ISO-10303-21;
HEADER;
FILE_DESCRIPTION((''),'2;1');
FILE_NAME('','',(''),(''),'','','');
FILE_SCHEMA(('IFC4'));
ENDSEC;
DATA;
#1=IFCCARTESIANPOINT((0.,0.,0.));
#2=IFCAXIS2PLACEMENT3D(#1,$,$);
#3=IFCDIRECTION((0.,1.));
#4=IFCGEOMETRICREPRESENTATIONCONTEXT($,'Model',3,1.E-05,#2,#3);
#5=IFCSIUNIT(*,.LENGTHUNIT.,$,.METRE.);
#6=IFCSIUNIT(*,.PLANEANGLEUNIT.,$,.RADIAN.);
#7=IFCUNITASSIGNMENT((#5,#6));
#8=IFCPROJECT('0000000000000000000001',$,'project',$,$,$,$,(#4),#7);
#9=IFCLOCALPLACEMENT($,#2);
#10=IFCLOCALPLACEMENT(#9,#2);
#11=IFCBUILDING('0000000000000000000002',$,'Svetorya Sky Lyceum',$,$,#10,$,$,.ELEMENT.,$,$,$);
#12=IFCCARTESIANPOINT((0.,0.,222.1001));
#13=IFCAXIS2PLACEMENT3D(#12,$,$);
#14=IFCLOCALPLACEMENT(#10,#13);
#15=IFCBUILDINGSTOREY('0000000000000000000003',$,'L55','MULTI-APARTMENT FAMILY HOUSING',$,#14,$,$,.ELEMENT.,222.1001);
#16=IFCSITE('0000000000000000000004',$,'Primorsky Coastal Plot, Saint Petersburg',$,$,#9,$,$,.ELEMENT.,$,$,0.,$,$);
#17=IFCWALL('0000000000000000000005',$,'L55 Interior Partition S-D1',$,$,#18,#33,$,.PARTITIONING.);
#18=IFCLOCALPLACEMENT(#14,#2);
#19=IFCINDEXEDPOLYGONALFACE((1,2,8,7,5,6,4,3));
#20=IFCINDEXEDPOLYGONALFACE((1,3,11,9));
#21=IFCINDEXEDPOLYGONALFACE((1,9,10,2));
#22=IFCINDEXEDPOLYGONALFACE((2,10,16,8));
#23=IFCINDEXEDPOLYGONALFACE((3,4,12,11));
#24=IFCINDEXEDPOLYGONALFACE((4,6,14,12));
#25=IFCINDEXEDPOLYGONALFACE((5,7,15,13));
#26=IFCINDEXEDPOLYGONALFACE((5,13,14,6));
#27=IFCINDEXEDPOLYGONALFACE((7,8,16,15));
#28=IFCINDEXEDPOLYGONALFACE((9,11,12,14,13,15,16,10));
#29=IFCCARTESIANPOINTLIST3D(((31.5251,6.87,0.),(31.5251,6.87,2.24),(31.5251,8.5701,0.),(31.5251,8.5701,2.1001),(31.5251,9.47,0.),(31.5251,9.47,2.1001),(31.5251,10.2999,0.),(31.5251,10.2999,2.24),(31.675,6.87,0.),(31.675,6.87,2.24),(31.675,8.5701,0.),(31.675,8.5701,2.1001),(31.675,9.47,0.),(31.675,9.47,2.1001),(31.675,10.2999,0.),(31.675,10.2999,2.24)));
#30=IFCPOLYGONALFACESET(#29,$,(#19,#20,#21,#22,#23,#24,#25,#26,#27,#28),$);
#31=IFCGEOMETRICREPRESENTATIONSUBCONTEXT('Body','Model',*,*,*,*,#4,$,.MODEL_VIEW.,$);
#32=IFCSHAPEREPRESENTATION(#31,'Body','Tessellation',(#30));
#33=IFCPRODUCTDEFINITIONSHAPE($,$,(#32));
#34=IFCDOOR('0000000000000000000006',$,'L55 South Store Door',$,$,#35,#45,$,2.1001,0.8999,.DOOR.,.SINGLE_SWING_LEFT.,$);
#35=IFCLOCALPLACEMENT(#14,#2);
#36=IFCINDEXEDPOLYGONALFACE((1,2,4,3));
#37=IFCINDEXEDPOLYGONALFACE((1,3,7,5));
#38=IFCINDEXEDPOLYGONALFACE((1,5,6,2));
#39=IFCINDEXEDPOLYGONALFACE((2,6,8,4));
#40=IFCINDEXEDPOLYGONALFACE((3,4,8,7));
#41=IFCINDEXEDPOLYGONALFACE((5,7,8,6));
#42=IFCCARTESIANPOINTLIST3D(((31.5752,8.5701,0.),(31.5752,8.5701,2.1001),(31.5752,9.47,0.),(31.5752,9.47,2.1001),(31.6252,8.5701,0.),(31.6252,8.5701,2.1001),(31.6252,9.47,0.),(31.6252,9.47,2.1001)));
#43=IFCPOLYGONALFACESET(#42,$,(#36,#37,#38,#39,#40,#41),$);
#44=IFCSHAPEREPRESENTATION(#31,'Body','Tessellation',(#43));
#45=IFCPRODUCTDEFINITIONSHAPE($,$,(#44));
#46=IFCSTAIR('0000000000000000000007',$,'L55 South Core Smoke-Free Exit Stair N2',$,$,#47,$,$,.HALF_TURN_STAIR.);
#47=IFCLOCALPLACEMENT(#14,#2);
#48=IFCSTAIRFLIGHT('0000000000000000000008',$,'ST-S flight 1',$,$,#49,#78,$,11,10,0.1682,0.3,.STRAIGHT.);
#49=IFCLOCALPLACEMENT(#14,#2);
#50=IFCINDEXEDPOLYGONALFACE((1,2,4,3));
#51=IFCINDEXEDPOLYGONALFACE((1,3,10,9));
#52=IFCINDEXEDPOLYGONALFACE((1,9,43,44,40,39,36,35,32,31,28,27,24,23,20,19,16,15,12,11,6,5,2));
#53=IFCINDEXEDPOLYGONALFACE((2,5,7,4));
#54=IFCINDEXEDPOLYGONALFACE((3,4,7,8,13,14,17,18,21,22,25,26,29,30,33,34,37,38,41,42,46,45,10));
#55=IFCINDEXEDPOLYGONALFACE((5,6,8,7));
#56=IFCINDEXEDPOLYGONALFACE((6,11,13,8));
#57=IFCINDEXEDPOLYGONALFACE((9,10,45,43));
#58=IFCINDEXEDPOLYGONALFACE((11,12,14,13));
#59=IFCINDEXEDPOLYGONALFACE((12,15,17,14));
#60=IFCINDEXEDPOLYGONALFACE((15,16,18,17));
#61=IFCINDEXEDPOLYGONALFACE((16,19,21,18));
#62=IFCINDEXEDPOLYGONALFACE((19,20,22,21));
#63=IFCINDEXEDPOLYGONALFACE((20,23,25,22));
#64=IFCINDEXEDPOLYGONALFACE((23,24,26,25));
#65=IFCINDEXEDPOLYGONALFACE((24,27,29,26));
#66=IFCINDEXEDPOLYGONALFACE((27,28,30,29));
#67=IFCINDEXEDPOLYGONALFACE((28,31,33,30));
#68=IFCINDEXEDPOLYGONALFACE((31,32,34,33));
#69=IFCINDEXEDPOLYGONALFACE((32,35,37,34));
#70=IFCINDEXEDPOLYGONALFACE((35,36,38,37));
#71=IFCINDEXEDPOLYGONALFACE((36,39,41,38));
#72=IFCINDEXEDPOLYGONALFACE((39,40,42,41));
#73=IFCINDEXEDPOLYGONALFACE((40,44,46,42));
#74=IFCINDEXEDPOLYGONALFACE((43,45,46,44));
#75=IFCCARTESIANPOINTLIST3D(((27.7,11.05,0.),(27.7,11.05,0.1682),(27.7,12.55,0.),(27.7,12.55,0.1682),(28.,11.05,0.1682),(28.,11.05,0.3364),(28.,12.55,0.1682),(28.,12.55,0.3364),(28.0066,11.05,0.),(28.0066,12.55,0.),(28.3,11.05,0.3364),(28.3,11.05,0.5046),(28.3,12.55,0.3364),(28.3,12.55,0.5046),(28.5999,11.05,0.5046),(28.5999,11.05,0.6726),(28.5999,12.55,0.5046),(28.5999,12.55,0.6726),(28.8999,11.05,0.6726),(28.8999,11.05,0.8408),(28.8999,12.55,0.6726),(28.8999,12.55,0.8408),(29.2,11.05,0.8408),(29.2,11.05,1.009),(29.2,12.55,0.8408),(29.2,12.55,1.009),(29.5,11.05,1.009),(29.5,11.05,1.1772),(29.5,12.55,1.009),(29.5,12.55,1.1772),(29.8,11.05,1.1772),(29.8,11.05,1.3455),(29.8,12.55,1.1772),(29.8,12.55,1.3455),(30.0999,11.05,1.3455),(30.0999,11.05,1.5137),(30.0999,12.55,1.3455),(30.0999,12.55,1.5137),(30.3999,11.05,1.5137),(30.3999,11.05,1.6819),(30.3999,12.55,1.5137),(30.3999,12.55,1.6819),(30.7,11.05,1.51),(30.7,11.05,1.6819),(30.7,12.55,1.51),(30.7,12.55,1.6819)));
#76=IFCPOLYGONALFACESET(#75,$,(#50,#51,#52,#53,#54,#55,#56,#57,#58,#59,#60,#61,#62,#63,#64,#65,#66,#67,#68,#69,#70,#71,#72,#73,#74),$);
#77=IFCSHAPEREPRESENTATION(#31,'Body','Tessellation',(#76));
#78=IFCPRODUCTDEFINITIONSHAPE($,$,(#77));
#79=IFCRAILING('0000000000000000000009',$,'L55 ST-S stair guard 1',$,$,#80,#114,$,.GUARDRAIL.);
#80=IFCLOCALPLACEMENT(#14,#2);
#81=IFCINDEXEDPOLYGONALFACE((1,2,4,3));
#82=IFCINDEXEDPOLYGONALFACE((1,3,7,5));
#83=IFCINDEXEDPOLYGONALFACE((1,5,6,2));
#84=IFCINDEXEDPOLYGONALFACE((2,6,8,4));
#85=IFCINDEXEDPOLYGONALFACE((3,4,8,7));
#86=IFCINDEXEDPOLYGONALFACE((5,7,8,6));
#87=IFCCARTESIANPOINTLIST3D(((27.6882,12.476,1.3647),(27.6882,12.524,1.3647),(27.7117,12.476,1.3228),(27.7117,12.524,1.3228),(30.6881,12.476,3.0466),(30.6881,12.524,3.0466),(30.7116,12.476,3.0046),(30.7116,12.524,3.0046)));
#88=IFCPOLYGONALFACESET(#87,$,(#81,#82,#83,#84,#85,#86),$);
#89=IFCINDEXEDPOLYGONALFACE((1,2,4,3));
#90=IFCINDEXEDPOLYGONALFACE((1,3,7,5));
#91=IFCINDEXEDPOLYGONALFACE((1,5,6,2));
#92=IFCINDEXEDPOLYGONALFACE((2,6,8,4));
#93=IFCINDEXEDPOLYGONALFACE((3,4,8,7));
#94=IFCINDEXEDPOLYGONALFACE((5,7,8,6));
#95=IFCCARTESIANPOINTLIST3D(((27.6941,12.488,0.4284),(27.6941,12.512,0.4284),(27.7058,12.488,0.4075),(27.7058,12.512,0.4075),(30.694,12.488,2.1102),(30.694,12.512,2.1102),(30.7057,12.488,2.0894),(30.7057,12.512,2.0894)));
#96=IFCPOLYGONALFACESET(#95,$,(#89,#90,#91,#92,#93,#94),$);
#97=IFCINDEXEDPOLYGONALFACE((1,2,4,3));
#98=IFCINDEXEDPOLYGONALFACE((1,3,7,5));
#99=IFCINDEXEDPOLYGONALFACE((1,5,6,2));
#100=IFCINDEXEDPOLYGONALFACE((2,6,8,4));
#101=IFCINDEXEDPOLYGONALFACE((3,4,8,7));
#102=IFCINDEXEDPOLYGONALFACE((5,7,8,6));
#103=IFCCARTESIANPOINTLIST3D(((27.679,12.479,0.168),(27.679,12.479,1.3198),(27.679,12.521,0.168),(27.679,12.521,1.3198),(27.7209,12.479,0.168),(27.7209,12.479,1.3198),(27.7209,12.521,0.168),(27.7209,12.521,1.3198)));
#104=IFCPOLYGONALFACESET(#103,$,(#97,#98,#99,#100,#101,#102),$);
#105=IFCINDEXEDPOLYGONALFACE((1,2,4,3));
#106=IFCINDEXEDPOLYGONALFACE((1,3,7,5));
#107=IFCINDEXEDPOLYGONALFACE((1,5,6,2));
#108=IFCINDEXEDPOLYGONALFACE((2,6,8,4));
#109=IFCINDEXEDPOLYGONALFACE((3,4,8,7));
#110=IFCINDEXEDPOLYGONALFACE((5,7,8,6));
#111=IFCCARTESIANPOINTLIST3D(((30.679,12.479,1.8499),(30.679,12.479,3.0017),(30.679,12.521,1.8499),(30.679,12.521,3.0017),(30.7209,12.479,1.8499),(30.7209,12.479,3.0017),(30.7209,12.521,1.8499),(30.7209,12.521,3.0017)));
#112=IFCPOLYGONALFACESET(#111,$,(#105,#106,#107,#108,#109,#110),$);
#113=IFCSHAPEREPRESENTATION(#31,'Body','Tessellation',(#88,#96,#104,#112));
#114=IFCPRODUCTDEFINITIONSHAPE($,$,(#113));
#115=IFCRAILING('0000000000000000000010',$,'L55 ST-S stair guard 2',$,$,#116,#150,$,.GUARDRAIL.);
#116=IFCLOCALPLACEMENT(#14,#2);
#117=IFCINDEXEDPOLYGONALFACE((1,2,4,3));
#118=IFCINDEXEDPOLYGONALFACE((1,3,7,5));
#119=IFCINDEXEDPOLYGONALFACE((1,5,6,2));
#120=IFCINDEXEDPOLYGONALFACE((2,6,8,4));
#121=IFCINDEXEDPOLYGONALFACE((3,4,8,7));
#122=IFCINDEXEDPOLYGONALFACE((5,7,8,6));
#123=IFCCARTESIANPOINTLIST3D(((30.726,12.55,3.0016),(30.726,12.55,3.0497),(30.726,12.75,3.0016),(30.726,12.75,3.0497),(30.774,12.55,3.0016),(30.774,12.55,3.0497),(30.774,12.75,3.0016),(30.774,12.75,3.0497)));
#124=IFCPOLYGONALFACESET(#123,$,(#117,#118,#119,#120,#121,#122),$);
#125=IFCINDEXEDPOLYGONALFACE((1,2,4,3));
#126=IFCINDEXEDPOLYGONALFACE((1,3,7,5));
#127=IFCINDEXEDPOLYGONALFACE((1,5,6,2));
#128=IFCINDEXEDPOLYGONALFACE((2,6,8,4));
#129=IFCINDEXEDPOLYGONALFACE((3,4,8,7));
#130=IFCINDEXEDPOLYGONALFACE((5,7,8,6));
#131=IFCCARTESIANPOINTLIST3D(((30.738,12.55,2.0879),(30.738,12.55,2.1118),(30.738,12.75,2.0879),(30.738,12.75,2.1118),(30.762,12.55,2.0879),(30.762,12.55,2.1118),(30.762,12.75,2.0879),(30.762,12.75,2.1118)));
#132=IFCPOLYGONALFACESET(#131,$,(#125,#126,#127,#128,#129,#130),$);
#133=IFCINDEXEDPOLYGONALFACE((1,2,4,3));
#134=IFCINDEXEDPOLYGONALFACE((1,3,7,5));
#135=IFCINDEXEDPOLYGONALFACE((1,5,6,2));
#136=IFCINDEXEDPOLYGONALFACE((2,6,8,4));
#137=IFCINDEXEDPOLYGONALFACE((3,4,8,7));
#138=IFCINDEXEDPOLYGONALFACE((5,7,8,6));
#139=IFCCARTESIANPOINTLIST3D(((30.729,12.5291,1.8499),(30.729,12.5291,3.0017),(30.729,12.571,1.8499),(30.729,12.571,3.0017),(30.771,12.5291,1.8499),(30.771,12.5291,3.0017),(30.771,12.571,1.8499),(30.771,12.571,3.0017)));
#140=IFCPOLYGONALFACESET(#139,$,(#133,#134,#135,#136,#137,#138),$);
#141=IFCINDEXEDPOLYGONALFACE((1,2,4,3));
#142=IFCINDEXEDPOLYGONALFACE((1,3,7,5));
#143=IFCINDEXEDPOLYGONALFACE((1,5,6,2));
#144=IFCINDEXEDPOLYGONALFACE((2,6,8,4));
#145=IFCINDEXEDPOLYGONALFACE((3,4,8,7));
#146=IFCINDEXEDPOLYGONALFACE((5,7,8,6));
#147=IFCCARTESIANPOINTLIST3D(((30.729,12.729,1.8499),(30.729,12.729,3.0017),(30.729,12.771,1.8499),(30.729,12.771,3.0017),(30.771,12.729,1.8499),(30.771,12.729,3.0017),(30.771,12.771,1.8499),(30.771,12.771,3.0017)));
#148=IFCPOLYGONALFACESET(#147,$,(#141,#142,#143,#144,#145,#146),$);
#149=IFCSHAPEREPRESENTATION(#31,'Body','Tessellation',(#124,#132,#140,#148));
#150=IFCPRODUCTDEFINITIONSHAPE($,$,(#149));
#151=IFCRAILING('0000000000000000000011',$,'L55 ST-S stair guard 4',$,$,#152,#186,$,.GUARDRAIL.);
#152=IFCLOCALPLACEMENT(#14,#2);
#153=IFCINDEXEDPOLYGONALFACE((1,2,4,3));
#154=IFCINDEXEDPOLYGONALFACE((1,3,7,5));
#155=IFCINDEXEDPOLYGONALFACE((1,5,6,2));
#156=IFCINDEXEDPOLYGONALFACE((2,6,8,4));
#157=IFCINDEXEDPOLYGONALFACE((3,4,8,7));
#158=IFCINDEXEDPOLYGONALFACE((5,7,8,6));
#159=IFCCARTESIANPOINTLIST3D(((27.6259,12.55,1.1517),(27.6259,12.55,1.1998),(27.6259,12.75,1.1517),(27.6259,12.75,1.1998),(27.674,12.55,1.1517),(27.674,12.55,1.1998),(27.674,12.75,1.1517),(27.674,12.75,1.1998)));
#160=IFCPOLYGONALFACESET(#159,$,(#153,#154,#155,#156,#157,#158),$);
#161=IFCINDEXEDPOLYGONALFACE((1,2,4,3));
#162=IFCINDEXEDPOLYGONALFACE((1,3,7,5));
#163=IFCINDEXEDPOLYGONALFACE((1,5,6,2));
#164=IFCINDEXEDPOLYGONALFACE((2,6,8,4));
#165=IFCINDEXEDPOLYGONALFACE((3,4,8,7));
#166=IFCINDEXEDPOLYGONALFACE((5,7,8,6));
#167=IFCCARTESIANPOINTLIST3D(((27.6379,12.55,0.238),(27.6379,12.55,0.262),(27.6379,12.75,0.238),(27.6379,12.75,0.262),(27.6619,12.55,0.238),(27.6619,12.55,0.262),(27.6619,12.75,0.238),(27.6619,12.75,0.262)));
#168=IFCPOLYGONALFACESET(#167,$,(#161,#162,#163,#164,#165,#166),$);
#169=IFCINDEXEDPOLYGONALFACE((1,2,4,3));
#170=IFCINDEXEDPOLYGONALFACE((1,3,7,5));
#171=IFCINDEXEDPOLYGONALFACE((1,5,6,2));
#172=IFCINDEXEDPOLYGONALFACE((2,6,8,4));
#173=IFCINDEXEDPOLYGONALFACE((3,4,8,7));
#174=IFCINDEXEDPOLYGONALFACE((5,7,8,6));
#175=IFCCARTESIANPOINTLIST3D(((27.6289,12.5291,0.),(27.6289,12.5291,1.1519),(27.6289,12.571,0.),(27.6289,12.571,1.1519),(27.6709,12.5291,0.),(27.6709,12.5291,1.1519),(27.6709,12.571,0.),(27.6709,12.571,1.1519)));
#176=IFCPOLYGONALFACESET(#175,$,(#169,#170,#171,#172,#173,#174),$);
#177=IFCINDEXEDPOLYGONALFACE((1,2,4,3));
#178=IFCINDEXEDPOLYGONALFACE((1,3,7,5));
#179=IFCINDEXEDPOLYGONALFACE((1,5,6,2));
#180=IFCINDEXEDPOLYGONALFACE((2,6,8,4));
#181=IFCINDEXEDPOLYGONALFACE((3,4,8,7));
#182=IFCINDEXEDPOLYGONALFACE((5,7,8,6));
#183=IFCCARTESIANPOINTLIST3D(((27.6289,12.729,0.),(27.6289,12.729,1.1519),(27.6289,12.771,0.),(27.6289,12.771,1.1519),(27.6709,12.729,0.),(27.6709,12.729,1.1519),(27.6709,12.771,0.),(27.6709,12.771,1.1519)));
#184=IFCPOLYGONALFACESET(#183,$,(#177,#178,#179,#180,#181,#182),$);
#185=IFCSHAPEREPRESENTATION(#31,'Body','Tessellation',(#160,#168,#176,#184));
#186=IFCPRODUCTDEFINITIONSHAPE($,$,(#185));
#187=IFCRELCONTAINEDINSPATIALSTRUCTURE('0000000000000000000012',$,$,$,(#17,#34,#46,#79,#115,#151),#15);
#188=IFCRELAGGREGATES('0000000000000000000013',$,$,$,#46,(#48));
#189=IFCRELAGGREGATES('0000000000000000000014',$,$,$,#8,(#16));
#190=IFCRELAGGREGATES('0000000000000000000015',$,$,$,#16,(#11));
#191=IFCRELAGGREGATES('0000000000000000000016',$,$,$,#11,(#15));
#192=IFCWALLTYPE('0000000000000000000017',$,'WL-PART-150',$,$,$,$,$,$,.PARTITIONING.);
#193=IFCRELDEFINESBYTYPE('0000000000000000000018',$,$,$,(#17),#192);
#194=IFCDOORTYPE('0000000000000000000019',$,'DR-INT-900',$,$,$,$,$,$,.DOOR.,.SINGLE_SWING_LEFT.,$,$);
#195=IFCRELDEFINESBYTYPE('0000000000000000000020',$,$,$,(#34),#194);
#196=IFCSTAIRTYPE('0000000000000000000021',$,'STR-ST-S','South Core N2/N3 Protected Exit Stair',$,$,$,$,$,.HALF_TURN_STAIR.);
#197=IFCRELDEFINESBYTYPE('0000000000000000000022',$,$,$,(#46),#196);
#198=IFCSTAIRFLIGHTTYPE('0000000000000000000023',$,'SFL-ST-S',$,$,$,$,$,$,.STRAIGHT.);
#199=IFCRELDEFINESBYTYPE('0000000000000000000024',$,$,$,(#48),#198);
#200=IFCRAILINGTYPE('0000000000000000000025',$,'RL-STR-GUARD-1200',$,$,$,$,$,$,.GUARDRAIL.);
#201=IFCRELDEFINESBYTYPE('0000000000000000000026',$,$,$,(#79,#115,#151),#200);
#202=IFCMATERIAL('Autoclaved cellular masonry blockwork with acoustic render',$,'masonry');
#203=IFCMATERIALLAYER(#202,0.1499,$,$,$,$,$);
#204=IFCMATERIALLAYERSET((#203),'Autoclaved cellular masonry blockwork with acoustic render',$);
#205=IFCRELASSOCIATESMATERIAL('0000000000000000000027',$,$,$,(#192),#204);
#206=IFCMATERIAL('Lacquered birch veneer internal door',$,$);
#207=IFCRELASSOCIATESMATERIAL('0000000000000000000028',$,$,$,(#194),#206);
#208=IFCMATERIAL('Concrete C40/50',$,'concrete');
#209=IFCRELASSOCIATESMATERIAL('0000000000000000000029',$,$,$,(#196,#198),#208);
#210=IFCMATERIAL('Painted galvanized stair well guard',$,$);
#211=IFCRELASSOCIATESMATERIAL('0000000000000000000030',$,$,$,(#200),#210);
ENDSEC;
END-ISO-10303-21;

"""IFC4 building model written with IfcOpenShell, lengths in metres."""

from ifc_helpers import new_model, si_unit, direction, frame, frame_2d, origin, origin_2d, place, context, subcontext, project, spatial, polyline, rectangle, outline, extrude, material, layer, layer_set, type_object, element, fill, aggregate, save


model = new_model("IFC4")

# Units and contexts
model_context = context("Model", 3, precision=1e-05, world=origin(), true_north=direction((0.0, 1.0)))
body_context = subcontext(model_context, "Body", "Model", "MODEL_VIEW")
ifc_project = project(units=[si_unit("LENGTHUNIT", "METRE"), si_unit("PLANEANGLEUNIT", "RADIAN")], contexts=[model_context])

# Site, building, storey
site_placement = place(None, origin())
site = spatial("IfcSite", under=ifc_project, at=site_placement, Name="Primorsky Coastal Plot, Saint Petersburg", CompositionType="ELEMENT", RefElevation=0.0)
building_placement = place(site_placement, origin())
building = spatial("IfcBuilding", under=site, at=building_placement, Name="Svetorya Sky Lyceum", CompositionType="ELEMENT")
storey_placement = place(building_placement, frame((0.0, 0.0, 222.1001)))
storey = spatial("IfcBuildingStorey", under=building, at=storey_placement, Name="L55", Description="MULTI-APARTMENT FAMILY HOUSING", CompositionType="ELEMENT", Elevation=222.1001)

# Shared definitions
ifc_material_1 = material(Name="Concrete C40/50", Category="concrete")

# Wall, opening, door
ifc_material_2 = material(Name="Autoclaved cellular masonry blockwork with acoustic render", Category="masonry")
ifc_layer_1 = layer(ifc_material_2, 0.1499)
ifc_layer_set_1 = layer_set([ifc_layer_1], Name="Autoclaved cellular masonry blockwork with acoustic render")
wall_type_1 = type_object("IfcWallType", Name="WL-PART-150", PredefinedType="PARTITIONING", material=ifc_layer_set_1)
wall_1_placement = place(storey_placement, frame((31.6001, 6.8701, 0.0), z_axis=(0.0, 0.0, 1.0), x_axis=(0.0, 1.0, 0.0)))
wall_1 = element("IfcWall", 1, at=wall_1_placement, inside=storey, type_object=wall_type_1, Name="L55 Interior Partition S-D1", PredefinedType="PARTITIONING", context=body_context, shape_type="SweptSolid", body=[
    extrude(rectangle(XDim=3.4299, YDim=0.1499, at=frame_2d((1.7148, 0.0))), origin(), (0.0, 0.0, 1.0), 2.24),
])
opening_placement = place(wall_1_placement, frame((1.7, 0.0, 0.0)))
opening = element("IfcOpeningElement", 2, at=opening_placement, cuts=wall_1, PredefinedType="OPENING", context=body_context, shape_type="SweptSolid", body=[
    extrude(rectangle(XDim=0.8999, YDim=2.1001, at=frame_2d((0.45, 1.05))), frame((0.0, 0.085, 0.0), z_axis=(0.0, -1.0, 0.0), x_axis=(1.0, 0.0, 0.0)), (0.0, 0.0, 1.0), 0.1699),
])
ifc_material_3 = material(Name="Lacquered birch veneer internal door")
door_type = type_object("IfcDoorType", Name="DR-INT-900", OperationType="SINGLE_SWING_LEFT", PredefinedType="DOOR", material=ifc_material_3)
door_placement = place(opening_placement, origin())
door = element("IfcDoor", 3, at=door_placement, inside=storey, type_object=door_type, Name="L55 South Store Door", OperationType="SINGLE_SWING_LEFT", OverallHeight=2.1001, OverallWidth=0.8999, PredefinedType="DOOR", context=body_context, shape_type="SweptSolid", body=[
    extrude(rectangle(XDim=0.8999, YDim=2.1001, at=frame_2d((0.45, 1.05))), frame((0.0, 0.0249, 0.0), z_axis=(0.0, -1.0, 0.0), x_axis=(1.0, 0.0, 0.0)), (0.0, 0.0, 1.0), 0.05),
])
fill(opening, door)

# Stair, stair flight
stair_type = type_object("IfcStairType", Name="STR-ST-S", Description="South Core N2/N3 Protected Exit Stair", PredefinedType="HALF_TURN_STAIR", material=ifc_material_1)
stair_placement = place(storey_placement, origin())
stair = element("IfcStair", 4, at=stair_placement, inside=storey, type_object=stair_type, Name="L55 South Core Smoke-Free Exit Stair N2", PredefinedType="HALF_TURN_STAIR")
stair_flight_type = type_object("IfcStairFlightType", Name="SFL-ST-S", PredefinedType="STRAIGHT", material=ifc_material_1)
stair_flight_placement = place(storey_placement, frame((27.7, 11.8, 0.0), z_axis=(0.0, 0.0, 1.0), x_axis=(1.0, 0.0, 0.0)))
stair_flight = element("IfcStairFlight", 5, at=stair_flight_placement, type_object=stair_flight_type, Name="ST-S flight 1", NumberOfRisers=11, NumberOfTreads=10, PredefinedType="STRAIGHT", RiserHeight=0.1682, TreadLength=0.3, context=body_context, shape_type="SweptSolid", body=[
    extrude(outline(polyline([(0.0, 0.0), (0.0, 0.1682), (0.3, 0.1682), (0.3, 0.3364), (0.6001, 0.3364), (0.6001, 0.5046), (0.8999, 0.5046), (0.8999, 0.6726), (1.2, 0.6726), (1.2, 0.8408), (1.5, 0.8408), (1.5, 1.009), (1.8, 1.009), (1.8, 1.1772), (2.1001, 1.1772), (2.1001, 1.3455), (2.3999, 1.3455), (2.3999, 1.5137), (2.7, 1.5137), (2.7, 1.6819), (3.0, 1.6819), (3.0, 1.8501), (3.0, 1.51), (0.3066, 0.0), (0.0, 0.0)])), frame((0.0, 0.75, 0.0), z_axis=(0.0, -1.0, 0.0), x_axis=(1.0, 0.0, 0.0)), (0.0, 0.0, 1.0), 1.5),
])
aggregate(stair, [stair_flight])

# Railings
ifc_material_4 = material(Name="Painted galvanized stair well guard")
railing_type_1 = type_object("IfcRailingType", Name="RL-STR-GUARD-1200", PredefinedType="GUARDRAIL", material=ifc_material_4)
railing_1_placement = place(storey_placement, frame((27.7, 12.5, 0.168)))
element("IfcRailing", 6, at=railing_1_placement, inside=storey, type_object=railing_type_1, Name="L55 ST-S stair guard 1", PredefinedType="GUARDRAIL", context=body_context, shape_type="SweptSolid", body=[
    extrude(rectangle(XDim=0.0481, YDim=0.0481, at=origin_2d()), frame((0.0, 0.0, 1.1758), z_axis=(0.872272, 0.0, 0.48902), x_axis=(0.0, 1.0, 0.0)), (0.0, 0.0, 1.0), 3.4392),
    extrude(rectangle(XDim=0.0239, YDim=0.0239, at=origin_2d()), frame((0.0, 0.0, 0.25), z_axis=(0.872272, 0.0, 0.48902), x_axis=(0.0, 1.0, 0.0)), (0.0, 0.0, 1.0), 3.4392),
    extrude(rectangle(XDim=0.042, YDim=0.042, at=origin_2d()), origin(), (0.0, 0.0, 1.0), 1.1519),
    extrude(rectangle(XDim=0.042, YDim=0.042, at=origin_2d()), frame((3.0, 0.0, 1.6819)), (0.0, 0.0, 1.0), 1.1519),
])
for number, where, name in (
    (7, (30.75, 12.55, 1.8499), "L55 ST-S stair guard 2"),
    (8, (27.6499, 12.55, 0.0), "L55 ST-S stair guard 4"),
):
    element("IfcRailing", number, at=place(storey_placement, frame(where)), inside=storey, type_object=railing_type_1, Name=name, PredefinedType="GUARDRAIL", context=body_context, shape_type="SweptSolid", body=[
        extrude(rectangle(XDim=0.0481, YDim=0.0481, at=origin_2d()), frame((0.0, 0.0, 1.1758), z_axis=(0.0, 1.0, 0.0), x_axis=(-1.0, 0.0, 0.0)), (0.0, 0.0, 1.0), 0.2),
        extrude(rectangle(XDim=0.0239, YDim=0.0239, at=origin_2d()), frame((0.0, 0.0, 0.25), z_axis=(0.0, 1.0, 0.0), x_axis=(-1.0, 0.0, 0.0)), (0.0, 0.0, 1.0), 0.2),
        extrude(rectangle(XDim=0.042, YDim=0.042, at=origin_2d()), origin(), (0.0, 0.0, 1.0), 1.1519),
        extrude(rectangle(XDim=0.042, YDim=0.042, at=origin_2d()), frame((0.0, 0.2, 0.0)), (0.0, 0.0, 1.0), 1.1519),
    ])

save(model, "model.ifc")
